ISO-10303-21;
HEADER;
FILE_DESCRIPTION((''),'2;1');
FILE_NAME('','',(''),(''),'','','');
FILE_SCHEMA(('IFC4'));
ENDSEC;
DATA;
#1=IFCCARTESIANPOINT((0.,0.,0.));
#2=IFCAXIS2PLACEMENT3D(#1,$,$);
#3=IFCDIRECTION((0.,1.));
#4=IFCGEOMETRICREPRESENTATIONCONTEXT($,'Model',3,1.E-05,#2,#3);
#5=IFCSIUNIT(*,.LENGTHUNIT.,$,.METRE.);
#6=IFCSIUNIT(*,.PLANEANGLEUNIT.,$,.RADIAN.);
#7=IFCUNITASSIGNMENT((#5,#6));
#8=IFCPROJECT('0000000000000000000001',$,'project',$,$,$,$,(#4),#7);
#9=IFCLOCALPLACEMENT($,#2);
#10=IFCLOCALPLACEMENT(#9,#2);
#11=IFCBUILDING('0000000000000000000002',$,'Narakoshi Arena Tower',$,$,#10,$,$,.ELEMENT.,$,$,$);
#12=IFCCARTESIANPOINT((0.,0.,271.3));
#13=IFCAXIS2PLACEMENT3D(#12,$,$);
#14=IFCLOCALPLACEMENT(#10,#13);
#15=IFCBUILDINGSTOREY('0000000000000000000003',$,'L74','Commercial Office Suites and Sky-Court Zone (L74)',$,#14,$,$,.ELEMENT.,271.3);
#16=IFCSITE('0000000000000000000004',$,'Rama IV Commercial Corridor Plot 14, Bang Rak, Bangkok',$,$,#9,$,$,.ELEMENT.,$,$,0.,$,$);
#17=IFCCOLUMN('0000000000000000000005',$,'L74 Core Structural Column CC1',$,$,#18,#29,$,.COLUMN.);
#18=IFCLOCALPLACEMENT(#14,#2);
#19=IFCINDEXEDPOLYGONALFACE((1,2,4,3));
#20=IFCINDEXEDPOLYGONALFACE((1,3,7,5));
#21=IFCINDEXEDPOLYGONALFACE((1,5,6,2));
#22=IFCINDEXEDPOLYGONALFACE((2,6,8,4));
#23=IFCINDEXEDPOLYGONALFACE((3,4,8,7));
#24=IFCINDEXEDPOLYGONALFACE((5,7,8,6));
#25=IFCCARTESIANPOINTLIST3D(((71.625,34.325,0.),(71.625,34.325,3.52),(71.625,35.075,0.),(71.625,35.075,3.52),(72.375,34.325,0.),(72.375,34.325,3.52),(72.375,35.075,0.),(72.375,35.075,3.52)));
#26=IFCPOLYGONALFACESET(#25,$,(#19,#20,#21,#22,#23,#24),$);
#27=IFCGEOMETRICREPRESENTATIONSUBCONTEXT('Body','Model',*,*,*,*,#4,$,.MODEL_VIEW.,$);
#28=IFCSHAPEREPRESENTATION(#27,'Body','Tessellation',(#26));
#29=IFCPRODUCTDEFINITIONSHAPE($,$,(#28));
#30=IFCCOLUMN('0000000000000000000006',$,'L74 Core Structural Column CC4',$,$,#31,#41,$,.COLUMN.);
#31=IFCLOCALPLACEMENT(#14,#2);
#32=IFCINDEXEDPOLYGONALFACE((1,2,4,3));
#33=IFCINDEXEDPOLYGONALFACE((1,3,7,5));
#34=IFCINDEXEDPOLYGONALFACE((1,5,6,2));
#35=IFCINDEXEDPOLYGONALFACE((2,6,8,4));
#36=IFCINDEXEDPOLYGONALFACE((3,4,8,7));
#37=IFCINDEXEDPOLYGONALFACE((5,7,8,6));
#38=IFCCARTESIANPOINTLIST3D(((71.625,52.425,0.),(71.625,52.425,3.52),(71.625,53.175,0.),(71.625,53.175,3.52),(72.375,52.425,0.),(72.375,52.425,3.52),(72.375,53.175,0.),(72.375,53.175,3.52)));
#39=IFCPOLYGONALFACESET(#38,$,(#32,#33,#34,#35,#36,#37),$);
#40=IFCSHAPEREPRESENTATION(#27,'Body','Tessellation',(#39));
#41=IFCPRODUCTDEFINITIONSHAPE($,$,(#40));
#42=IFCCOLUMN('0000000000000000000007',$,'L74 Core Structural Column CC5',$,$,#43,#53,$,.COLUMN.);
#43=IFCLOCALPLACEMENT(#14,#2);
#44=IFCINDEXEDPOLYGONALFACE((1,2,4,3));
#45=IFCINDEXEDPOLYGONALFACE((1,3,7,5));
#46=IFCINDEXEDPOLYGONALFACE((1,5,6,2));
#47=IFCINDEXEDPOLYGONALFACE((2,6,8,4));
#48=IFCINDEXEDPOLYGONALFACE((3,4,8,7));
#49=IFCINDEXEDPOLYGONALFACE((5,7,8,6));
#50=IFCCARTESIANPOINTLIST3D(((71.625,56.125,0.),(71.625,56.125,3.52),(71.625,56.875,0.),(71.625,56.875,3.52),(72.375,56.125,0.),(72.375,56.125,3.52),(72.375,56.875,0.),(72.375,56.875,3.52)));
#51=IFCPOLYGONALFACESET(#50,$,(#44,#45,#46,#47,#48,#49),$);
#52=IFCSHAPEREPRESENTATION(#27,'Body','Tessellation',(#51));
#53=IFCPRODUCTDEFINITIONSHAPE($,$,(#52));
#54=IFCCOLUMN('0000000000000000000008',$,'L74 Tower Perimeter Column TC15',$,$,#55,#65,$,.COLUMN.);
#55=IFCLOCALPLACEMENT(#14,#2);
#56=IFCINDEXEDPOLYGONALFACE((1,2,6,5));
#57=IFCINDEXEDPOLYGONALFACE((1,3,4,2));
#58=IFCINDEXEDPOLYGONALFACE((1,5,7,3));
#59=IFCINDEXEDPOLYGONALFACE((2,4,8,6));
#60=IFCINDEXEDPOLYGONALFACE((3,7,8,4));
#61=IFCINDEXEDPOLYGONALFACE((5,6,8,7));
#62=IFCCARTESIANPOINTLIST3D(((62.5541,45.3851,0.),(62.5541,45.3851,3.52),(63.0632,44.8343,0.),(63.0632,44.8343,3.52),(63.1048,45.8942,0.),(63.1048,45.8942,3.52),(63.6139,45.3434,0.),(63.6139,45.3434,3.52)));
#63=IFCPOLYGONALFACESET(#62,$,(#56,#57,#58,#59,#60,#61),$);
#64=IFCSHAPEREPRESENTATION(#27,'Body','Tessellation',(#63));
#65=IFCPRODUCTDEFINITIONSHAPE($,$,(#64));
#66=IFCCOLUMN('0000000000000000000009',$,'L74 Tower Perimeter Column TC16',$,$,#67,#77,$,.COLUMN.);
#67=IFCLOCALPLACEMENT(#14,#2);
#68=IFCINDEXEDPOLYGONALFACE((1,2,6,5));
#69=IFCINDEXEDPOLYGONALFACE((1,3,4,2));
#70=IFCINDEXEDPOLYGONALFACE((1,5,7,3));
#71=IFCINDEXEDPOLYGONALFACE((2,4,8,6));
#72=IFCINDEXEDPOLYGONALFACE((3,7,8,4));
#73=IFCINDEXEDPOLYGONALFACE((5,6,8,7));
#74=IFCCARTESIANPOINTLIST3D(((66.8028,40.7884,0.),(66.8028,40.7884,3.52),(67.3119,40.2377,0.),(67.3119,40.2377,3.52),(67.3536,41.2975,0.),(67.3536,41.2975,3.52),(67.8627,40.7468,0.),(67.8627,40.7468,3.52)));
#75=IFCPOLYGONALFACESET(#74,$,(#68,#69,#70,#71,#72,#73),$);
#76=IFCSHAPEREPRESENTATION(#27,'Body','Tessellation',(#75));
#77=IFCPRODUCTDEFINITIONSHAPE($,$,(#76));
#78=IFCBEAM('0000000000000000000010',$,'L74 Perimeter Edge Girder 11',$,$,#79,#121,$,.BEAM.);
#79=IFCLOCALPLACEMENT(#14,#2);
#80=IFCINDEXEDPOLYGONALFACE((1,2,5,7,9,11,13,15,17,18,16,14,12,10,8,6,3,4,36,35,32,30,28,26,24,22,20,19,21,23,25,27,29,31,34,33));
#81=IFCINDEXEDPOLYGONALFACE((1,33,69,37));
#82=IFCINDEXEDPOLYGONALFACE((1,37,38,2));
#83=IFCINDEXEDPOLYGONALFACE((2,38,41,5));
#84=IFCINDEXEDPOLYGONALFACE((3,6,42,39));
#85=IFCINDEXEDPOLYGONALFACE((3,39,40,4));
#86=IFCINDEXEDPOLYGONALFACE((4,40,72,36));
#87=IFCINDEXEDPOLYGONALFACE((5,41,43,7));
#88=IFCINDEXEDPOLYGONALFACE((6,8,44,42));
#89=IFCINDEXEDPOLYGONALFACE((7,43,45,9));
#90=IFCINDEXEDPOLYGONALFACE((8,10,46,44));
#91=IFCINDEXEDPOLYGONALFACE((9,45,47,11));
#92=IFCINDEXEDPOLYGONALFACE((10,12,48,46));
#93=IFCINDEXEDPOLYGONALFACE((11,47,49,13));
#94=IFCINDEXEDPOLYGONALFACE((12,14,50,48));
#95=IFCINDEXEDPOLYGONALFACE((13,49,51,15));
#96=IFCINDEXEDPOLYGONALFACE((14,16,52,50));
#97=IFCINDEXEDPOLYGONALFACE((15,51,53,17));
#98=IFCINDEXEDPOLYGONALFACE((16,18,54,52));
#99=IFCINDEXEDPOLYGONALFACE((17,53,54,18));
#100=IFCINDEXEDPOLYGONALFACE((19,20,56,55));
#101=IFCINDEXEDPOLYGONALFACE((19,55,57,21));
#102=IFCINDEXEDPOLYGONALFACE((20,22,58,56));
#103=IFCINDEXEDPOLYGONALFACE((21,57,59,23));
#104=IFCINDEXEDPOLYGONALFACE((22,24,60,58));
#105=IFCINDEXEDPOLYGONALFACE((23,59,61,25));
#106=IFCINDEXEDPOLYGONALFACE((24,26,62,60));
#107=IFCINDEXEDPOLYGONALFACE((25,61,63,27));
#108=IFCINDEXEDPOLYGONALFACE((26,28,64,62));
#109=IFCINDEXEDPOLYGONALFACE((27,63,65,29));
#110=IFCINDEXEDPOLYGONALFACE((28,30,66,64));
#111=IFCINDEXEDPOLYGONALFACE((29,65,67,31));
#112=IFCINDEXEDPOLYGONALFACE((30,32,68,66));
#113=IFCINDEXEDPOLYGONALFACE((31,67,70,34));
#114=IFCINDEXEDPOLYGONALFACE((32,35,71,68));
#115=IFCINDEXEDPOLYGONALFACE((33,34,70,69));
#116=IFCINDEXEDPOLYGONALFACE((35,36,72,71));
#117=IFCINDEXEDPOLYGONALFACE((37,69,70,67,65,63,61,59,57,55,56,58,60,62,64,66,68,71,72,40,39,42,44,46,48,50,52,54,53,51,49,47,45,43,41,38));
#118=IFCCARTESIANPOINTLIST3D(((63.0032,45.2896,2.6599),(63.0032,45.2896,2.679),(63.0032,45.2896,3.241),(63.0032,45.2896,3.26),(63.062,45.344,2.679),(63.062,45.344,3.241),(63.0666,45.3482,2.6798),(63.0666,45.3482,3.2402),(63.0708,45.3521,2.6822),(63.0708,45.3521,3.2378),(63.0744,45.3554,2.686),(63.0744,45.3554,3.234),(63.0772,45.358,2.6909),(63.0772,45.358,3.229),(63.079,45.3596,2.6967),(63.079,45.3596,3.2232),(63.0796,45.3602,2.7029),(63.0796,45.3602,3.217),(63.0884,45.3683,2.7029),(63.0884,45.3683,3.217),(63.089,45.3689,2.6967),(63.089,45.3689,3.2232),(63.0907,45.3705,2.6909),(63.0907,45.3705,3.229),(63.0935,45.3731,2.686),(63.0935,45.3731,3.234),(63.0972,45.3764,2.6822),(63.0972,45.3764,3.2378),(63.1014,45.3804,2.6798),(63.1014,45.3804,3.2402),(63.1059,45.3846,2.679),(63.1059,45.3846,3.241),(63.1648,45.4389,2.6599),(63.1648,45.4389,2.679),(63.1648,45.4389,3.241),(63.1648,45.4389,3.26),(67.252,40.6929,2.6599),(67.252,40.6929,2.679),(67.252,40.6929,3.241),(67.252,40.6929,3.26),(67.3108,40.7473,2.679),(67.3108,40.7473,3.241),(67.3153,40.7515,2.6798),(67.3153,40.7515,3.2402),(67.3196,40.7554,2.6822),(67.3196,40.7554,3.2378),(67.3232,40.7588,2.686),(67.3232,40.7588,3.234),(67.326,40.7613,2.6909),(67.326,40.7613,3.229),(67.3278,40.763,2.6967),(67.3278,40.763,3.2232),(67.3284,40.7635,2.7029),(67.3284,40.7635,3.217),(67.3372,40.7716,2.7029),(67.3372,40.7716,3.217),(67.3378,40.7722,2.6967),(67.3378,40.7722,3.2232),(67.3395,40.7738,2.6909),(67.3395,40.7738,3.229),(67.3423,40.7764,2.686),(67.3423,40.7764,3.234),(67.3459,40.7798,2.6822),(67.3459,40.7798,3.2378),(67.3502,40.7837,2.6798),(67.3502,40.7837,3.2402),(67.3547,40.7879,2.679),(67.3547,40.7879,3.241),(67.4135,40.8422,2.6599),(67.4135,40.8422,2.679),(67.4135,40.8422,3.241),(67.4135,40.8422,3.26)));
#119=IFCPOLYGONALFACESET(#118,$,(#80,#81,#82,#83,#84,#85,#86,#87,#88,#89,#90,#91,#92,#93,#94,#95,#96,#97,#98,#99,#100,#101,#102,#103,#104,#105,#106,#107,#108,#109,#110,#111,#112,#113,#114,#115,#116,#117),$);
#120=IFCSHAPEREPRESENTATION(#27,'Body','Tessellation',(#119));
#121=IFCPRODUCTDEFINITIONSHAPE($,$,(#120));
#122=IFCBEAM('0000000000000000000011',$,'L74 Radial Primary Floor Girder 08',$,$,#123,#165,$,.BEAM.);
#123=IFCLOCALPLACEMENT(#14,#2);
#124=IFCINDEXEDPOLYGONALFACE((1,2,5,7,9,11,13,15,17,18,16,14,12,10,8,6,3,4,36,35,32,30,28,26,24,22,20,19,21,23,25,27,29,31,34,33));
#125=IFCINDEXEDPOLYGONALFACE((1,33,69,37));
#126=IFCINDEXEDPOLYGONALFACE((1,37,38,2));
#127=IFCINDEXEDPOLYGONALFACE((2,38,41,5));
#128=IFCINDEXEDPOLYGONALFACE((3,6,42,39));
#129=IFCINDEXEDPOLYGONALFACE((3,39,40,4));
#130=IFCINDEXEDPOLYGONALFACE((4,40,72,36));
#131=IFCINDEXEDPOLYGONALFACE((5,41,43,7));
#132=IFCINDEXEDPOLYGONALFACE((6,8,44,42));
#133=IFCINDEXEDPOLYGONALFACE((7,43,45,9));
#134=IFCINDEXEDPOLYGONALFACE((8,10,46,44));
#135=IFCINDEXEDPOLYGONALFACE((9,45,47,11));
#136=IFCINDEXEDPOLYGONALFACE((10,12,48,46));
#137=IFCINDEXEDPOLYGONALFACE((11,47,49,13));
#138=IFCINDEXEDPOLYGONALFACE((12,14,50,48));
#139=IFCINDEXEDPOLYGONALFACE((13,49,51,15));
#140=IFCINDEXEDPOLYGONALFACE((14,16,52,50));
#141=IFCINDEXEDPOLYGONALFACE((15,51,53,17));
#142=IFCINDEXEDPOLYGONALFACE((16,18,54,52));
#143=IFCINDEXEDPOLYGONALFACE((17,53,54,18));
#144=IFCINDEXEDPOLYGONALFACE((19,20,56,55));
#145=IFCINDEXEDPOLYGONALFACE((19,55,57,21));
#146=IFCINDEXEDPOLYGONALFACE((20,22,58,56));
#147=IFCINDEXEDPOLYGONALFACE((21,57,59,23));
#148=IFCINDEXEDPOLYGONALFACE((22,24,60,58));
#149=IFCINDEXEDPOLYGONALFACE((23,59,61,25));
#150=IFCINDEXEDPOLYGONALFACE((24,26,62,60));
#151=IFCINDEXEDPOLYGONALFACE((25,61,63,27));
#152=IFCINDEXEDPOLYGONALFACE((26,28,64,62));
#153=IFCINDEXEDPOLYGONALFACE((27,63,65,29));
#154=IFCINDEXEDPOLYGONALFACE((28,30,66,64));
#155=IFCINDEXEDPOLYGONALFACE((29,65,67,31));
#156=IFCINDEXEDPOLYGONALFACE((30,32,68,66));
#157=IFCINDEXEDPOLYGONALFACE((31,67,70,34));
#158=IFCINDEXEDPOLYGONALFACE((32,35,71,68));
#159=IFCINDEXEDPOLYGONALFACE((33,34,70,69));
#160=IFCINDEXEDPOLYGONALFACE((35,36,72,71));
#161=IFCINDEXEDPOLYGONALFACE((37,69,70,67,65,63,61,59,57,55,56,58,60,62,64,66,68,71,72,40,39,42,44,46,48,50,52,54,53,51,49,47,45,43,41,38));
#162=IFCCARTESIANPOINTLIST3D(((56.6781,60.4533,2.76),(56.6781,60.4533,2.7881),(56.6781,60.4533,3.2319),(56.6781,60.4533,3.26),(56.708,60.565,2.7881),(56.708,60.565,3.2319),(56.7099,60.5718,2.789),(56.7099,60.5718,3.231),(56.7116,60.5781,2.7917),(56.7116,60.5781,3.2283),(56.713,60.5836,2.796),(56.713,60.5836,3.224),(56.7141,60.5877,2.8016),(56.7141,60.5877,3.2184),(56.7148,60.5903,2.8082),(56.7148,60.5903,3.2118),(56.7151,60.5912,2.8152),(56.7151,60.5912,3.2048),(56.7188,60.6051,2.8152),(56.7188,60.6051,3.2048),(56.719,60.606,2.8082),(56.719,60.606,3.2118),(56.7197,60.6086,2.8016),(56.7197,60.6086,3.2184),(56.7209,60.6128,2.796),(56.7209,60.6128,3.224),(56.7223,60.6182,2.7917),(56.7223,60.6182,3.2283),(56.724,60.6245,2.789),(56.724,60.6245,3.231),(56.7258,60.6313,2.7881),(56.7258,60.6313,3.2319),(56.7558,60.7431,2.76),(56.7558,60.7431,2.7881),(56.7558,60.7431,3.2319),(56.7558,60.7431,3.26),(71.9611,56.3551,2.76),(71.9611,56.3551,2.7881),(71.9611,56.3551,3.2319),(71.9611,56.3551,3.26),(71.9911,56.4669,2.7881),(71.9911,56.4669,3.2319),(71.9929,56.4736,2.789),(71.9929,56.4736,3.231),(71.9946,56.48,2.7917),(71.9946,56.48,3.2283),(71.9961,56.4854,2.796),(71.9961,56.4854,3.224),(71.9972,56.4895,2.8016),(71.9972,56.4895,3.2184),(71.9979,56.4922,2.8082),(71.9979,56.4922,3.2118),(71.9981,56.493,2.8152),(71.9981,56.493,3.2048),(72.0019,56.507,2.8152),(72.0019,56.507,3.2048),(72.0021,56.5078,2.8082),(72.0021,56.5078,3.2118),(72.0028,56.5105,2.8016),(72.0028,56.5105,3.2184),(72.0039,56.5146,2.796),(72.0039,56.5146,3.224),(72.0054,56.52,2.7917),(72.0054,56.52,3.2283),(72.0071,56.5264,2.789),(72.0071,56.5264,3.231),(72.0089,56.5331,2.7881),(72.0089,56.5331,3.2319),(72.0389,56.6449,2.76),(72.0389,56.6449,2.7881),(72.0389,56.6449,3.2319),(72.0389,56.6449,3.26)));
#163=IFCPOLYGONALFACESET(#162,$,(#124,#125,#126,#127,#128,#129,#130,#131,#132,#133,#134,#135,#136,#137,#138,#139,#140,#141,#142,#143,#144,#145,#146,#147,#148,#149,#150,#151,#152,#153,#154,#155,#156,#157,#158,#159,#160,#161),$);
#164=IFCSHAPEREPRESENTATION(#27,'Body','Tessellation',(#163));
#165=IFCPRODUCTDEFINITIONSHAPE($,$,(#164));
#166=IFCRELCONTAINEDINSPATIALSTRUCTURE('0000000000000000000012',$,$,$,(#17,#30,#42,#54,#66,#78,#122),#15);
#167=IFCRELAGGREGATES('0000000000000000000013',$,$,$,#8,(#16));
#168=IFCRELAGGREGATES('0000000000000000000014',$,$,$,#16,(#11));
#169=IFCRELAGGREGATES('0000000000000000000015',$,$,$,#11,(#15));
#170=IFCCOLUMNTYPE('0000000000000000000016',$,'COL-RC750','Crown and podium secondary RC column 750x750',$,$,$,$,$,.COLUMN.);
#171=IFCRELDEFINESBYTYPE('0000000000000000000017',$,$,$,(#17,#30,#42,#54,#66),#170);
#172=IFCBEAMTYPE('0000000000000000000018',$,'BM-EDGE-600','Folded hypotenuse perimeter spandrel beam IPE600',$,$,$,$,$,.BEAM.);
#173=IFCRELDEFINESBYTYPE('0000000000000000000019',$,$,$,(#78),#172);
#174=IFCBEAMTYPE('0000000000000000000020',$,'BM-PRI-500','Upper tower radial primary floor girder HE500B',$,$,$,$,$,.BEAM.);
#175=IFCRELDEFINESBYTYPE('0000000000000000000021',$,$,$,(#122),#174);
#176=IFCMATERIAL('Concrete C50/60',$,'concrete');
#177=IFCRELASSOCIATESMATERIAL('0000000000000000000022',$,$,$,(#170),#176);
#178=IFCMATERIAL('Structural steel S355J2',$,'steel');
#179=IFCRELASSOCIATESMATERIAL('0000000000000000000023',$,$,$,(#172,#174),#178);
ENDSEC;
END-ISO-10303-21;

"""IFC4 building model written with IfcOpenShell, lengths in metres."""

from ifc_helpers import new_model, si_unit, direction, frame, origin, origin_2d, place, context, subcontext, project, spatial, rectangle, i_section, extrude, material, material_profile, profile_set, type_object, element, save


model = new_model("IFC4")

# Units and contexts
model_context = context("Model", 3, precision=1e-05, world=origin(), true_north=direction((0.0, 1.0)))
body_context = subcontext(model_context, "Body", "Model", "MODEL_VIEW")
ifc_project = project(units=[si_unit("LENGTHUNIT", "METRE"), si_unit("PLANEANGLEUNIT", "RADIAN")], contexts=[model_context])

# Site, building, storey
site_placement = place(None, origin())
site = spatial("IfcSite", under=ifc_project, at=site_placement, Name="Rama IV Commercial Corridor Plot 14, Bang Rak, Bangkok", CompositionType="ELEMENT", RefElevation=0.0)
building_placement = place(site_placement, origin())
building = spatial("IfcBuilding", under=site, at=building_placement, Name="Narakoshi Arena Tower", CompositionType="ELEMENT")
storey_placement = place(building_placement, frame((0.0, 0.0, 271.3)))
storey = spatial("IfcBuildingStorey", under=building, at=storey_placement, Name="L74", Description="Commercial Office Suites and Sky-Court Zone (L74)", CompositionType="ELEMENT", Elevation=271.3)

# Columns
ifc_material_1 = material(Name="Concrete C50/60", Category="concrete")
ifc_material_profile_1 = material_profile(ifc_material_1, rectangle(XDim=0.75, YDim=0.75, at=origin_2d()), Name="RC750x750")
ifc_profile_set_1 = profile_set([ifc_material_profile_1], Name="Concrete C50/60")
column_type = type_object("IfcColumnType", Name="COL-RC750", Description="Crown and podium secondary RC column 750x750", PredefinedType="COLUMN", material=ifc_profile_set_1)
for number, where, z_axis, x_axis, name in (
    (1, (72.0, 34.7, 0.0), (0.0, 0.0, 1.0), (1.0, 0.0, 0.0), "L74 Core Structural Column CC1"),
    (2, (72.0, 52.8, 0.0), (0.0, 0.0, 1.0), (1.0, 0.0, 0.0), "L74 Core Structural Column CC4"),
    (3, (72.0, 56.5, 0.0), (0.0, 0.0, 1.0), (1.0, 0.0, 0.0), "L74 Core Structural Column CC5"),
    (4, (63.084, 45.3643, 0.0), (0.0, 0.0, 1.0), (-0.678801, 0.734323, 0.0), "L74 Tower Perimeter Column TC15"),
    (5, (67.3328, 40.7676, 0.0), (0.0, 0.0, 1.0), (-0.678801, 0.734323, 0.0), "L74 Tower Perimeter Column TC16"),
):
    element("IfcColumn", number, at=place(storey_placement, frame(where, z_axis=z_axis, x_axis=x_axis)), inside=storey, type_object=column_type, Name=name, PredefinedType="COLUMN", context=body_context, shape_type="SweptSolid", body=[
        extrude(rectangle(XDim=0.75, YDim=0.75, at=origin_2d()), origin(), (0.0, 0.0, 1.0), 3.52),
    ])

# Beams
ifc_material_2 = material(Name="Structural steel S355J2", Category="steel")
ifc_material_profile_2 = material_profile(ifc_material_2, i_section(OverallWidth=0.22, OverallDepth=0.6001, WebThickness=0.012, FlangeThickness=0.019, FilletRadius=0.0239, at=origin_2d()), Name="IPE600")
ifc_profile_set_2 = profile_set([ifc_material_profile_2], Name="Structural steel S355J2")
beam_type_1 = type_object("IfcBeamType", Name="BM-EDGE-600", Description="Folded hypotenuse perimeter spandrel beam IPE600", PredefinedType="BEAM", material=ifc_profile_set_2)
beam_1_placement = place(storey_placement, frame((63.084, 45.3643, 2.96), z_axis=(0.678771, -0.73435, 0.0), x_axis=(0.73435, 0.678771, 0.0)))
element("IfcBeam", 6, at=beam_1_placement, inside=storey, type_object=beam_type_1, Name="L74 Perimeter Edge Girder 11", PredefinedType="BEAM", context=body_context, shape_type="SweptSolid", body=[
    extrude(i_section(OverallWidth=0.22, OverallDepth=0.6001, WebThickness=0.012, FlangeThickness=0.019, FilletRadius=0.0239, at=origin_2d()), origin(), (0.0, 0.0, 1.0), 6.2595),
])
ifc_material_profile_3 = material_profile(ifc_material_2, i_section(OverallWidth=0.3, OverallDepth=0.5, WebThickness=0.0144, FlangeThickness=0.0281, FilletRadius=0.0271, at=origin_2d()), Name="HE500B")
ifc_profile_set_3 = profile_set([ifc_material_profile_3], Name="Structural steel S355J2")
beam_type_2 = type_object("IfcBeamType", Name="BM-PRI-500", Description="Upper tower radial primary floor girder HE500B", PredefinedType="BEAM", material=ifc_profile_set_3)
beam_2_placement = place(storey_placement, frame((72.0, 56.5, 3.01), z_axis=(-0.965877, 0.259001, 0.0), x_axis=(-0.259001, -0.965877, 0.0)))
element("IfcBeam", 7, at=beam_2_placement, inside=storey, type_object=beam_type_2, Name="L74 Radial Primary Floor Girder 08", PredefinedType="BEAM", context=body_context, shape_type="SweptSolid", body=[
    extrude(i_section(OverallWidth=0.3, OverallDepth=0.5, WebThickness=0.0144, FlangeThickness=0.0281, FilletRadius=0.0271, at=origin_2d()), origin(), (0.0, 0.0, 1.0), 15.823),
])

save(model, "model.ifc")
